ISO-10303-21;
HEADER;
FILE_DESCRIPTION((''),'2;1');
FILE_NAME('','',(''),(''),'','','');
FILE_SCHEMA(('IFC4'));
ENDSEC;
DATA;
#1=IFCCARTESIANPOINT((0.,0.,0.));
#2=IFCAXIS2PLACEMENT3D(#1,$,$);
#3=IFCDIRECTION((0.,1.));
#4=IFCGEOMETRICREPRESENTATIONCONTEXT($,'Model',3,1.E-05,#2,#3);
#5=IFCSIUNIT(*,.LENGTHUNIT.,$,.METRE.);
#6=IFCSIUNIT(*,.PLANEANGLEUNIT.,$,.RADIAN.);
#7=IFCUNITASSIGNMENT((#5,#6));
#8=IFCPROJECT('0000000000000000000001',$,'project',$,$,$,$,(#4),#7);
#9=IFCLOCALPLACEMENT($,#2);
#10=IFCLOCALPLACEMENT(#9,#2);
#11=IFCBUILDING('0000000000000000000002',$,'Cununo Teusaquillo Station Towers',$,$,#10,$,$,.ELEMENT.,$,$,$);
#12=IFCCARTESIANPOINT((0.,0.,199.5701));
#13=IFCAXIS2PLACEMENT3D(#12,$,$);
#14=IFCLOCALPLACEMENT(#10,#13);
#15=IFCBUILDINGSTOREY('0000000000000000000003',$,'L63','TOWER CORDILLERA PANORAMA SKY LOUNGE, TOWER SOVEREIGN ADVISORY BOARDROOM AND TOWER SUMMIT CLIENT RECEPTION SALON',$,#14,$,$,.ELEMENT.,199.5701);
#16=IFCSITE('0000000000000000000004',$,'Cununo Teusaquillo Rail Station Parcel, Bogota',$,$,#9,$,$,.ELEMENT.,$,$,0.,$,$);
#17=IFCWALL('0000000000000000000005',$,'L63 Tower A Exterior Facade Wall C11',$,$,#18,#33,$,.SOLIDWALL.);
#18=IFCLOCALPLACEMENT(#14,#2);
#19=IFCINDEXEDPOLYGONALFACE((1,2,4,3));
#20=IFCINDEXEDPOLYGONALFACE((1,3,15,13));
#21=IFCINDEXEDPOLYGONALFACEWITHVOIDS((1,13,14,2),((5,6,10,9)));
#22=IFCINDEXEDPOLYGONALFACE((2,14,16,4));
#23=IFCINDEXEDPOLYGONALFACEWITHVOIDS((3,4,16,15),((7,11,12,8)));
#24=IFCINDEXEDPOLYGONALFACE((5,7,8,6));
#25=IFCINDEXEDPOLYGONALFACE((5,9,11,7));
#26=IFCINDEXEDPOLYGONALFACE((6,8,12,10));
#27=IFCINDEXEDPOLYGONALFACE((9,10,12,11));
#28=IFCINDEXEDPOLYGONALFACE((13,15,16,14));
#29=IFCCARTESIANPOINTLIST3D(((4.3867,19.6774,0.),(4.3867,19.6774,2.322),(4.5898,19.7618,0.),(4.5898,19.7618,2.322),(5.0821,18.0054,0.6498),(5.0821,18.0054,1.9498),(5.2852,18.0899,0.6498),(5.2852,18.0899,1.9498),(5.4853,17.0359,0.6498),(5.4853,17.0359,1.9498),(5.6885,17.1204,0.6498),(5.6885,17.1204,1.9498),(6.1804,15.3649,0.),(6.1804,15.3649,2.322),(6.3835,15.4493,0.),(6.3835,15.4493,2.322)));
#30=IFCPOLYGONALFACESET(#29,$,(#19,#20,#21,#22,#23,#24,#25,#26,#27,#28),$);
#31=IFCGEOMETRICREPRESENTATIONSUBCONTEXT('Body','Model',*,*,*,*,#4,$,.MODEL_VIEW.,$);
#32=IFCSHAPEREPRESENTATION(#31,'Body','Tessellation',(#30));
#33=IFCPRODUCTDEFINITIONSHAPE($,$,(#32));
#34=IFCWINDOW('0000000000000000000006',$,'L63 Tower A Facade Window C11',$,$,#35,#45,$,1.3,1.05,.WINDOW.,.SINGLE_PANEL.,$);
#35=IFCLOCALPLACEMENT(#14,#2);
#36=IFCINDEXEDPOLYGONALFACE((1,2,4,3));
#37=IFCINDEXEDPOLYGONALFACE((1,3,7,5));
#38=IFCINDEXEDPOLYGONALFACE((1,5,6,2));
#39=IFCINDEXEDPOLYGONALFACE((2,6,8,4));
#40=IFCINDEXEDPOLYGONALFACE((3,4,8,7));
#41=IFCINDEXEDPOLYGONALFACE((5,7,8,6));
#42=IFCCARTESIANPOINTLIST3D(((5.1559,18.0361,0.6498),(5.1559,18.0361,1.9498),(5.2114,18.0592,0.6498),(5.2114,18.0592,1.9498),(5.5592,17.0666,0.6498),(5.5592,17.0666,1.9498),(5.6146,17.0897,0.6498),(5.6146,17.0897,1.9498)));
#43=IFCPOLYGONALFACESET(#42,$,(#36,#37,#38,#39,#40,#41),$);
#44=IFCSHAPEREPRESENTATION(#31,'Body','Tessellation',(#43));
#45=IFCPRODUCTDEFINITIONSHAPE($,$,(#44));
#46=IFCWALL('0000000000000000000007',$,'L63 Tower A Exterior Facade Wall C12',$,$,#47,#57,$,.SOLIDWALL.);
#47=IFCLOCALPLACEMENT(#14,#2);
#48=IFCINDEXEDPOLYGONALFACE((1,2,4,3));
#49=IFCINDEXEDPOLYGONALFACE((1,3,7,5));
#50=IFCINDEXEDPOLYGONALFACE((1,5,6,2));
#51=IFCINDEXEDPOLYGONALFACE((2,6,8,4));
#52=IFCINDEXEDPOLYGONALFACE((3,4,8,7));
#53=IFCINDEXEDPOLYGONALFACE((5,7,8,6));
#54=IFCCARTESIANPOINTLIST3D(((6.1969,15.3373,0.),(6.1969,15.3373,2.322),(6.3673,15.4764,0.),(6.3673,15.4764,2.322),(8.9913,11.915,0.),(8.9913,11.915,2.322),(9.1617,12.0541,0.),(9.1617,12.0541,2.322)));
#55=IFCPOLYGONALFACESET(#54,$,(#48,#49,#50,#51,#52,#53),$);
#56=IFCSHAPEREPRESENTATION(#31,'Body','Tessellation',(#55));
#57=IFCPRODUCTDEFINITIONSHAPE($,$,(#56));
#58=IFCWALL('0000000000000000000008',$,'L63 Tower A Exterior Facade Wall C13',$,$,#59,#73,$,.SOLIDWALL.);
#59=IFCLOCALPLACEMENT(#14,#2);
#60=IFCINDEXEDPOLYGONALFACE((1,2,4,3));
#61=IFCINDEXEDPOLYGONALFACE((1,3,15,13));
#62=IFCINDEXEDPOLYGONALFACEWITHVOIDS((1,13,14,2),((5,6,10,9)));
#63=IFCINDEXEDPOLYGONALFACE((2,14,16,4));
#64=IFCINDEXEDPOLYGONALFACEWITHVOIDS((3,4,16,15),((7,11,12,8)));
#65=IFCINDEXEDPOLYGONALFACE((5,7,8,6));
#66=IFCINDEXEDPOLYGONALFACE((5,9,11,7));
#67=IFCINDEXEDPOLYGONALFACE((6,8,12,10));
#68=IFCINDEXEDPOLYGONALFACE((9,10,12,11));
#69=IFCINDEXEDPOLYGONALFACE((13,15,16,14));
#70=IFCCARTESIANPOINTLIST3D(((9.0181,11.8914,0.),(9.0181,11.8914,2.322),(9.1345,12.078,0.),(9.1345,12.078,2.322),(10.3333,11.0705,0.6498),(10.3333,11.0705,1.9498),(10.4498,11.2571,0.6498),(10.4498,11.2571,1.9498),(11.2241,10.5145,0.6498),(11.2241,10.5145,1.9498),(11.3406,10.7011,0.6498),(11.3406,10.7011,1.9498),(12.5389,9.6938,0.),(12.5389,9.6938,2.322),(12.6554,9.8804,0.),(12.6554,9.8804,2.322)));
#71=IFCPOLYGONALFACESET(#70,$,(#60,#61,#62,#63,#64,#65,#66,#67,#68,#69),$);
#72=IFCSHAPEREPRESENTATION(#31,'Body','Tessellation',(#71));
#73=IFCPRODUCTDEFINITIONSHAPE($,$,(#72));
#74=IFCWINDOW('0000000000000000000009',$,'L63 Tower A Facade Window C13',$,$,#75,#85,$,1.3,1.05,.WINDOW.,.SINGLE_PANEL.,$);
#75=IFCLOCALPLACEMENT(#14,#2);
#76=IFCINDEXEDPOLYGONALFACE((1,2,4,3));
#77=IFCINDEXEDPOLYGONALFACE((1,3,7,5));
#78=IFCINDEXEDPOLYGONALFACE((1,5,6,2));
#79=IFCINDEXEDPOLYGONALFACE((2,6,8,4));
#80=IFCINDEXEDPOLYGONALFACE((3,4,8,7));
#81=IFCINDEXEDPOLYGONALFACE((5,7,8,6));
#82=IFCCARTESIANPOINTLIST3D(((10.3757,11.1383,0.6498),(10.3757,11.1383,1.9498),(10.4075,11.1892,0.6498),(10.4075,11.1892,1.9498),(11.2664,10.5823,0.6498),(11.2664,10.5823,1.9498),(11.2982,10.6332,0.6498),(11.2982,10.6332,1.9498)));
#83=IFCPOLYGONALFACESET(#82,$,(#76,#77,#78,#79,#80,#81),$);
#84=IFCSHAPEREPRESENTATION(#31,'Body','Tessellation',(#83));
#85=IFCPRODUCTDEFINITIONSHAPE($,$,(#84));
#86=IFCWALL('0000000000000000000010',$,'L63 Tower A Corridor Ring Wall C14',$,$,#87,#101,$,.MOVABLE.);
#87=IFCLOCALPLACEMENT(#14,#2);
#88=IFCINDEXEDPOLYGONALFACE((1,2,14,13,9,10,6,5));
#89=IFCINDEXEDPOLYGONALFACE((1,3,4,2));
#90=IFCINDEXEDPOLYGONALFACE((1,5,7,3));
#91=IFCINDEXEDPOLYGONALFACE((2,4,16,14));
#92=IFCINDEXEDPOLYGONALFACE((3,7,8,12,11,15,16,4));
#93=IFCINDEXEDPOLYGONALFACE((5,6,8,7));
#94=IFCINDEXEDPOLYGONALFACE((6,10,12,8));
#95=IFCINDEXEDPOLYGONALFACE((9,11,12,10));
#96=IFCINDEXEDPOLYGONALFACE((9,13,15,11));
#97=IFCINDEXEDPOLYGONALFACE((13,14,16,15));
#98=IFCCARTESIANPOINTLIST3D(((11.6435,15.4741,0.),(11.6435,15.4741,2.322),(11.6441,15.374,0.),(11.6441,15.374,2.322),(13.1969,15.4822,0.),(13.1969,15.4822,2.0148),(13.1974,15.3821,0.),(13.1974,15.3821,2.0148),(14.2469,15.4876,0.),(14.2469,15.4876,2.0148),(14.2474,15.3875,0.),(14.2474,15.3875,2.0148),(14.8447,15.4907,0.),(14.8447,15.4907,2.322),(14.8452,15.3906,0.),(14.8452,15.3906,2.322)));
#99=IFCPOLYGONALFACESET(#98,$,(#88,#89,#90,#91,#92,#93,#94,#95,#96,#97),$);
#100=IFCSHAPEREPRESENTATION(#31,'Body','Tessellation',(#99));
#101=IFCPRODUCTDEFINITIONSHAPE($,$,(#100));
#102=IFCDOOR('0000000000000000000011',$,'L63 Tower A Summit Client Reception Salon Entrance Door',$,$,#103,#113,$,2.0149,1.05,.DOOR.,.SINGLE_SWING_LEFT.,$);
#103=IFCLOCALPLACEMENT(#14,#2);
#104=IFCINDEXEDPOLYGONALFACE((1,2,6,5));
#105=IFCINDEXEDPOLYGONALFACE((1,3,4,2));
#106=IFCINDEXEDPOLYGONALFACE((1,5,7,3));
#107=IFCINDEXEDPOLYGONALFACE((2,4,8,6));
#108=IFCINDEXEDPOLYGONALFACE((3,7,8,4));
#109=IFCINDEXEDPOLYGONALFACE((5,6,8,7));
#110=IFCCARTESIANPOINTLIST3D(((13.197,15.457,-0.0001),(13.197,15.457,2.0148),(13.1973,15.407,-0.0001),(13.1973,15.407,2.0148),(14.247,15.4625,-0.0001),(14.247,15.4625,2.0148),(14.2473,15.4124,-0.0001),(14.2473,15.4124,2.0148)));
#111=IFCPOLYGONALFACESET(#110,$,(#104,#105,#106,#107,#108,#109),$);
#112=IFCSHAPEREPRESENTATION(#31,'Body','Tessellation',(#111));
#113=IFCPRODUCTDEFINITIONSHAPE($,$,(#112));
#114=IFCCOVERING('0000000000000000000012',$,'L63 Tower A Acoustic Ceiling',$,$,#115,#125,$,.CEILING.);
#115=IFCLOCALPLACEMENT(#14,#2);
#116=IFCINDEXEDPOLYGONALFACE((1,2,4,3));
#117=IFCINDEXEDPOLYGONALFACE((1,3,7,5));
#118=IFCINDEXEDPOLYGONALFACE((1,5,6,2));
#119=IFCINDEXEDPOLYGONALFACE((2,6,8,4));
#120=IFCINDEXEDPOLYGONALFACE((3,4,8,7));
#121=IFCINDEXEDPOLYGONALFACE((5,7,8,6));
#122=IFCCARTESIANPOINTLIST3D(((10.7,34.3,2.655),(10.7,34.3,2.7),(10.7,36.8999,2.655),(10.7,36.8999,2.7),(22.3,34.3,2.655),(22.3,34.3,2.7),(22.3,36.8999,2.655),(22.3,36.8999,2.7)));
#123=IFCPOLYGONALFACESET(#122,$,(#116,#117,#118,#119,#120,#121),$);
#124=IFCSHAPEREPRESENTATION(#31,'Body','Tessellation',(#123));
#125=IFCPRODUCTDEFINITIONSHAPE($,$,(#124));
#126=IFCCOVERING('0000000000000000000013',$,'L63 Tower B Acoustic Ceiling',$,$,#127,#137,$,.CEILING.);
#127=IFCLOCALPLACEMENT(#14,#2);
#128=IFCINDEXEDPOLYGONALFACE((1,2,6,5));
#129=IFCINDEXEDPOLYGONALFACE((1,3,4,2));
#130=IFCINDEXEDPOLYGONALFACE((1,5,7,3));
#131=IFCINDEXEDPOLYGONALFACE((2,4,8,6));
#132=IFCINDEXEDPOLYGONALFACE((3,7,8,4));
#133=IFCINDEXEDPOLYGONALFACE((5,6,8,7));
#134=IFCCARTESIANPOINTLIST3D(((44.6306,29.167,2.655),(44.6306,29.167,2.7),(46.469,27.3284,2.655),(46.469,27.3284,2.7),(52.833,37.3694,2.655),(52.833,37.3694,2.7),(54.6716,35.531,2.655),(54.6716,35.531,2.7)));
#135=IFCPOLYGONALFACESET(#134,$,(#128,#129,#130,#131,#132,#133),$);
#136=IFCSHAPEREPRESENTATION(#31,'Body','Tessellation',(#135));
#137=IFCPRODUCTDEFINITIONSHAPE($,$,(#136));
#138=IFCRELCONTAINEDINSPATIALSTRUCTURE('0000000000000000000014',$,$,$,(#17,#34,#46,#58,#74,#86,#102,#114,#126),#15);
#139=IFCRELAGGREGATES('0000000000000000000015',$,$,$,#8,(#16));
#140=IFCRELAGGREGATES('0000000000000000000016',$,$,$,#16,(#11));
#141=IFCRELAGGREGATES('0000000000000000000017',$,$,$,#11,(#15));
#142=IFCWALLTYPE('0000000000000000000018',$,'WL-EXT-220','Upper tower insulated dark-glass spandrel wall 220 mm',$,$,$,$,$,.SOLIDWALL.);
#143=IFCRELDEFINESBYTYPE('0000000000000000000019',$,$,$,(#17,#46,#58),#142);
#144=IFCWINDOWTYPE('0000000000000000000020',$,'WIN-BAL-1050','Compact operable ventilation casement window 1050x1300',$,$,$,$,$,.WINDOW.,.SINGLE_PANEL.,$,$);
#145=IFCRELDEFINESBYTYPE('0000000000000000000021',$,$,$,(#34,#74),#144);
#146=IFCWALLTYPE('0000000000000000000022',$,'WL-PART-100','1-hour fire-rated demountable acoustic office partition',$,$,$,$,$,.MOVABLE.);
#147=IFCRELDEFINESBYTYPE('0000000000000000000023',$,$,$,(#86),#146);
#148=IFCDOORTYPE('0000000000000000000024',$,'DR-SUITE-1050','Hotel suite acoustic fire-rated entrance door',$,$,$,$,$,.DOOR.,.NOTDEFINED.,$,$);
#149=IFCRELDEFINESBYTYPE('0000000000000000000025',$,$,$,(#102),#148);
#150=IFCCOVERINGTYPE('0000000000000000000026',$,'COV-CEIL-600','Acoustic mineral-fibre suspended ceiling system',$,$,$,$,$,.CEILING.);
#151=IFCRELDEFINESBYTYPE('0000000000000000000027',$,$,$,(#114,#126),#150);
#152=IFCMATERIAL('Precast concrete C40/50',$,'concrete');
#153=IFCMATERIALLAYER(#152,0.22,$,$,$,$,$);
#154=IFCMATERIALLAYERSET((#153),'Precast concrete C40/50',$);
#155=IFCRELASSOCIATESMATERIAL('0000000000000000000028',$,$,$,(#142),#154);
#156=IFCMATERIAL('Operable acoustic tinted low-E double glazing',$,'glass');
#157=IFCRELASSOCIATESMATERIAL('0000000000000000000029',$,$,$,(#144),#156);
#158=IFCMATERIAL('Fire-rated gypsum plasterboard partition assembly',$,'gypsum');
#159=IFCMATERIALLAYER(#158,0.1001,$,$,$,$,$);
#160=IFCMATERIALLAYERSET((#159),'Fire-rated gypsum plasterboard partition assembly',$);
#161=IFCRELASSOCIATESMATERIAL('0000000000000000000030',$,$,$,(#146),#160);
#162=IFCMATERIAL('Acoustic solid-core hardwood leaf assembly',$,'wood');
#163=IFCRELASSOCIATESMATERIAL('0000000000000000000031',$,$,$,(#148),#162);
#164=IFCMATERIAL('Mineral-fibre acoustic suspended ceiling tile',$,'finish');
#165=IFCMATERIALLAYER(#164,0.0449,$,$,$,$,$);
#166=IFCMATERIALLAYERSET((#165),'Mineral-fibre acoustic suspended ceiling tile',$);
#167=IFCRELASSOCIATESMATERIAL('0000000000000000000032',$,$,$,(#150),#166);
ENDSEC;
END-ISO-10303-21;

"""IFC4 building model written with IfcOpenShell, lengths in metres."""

from ifc_helpers import new_model, si_unit, direction, frame, frame_2d, origin, place, context, subcontext, project, spatial, polyline, rectangle, outline, extrude, source, transform, mapped, material, layer, layer_set, type_object, element, fill, save


model = new_model("IFC4")

# Units and contexts
model_context = context("Model", 3, precision=1e-05, world=origin(), true_north=direction((0.0, 1.0)))
body_context = subcontext(model_context, "Body", "Model", "MODEL_VIEW")
ifc_project = project(units=[si_unit("LENGTHUNIT", "METRE"), si_unit("PLANEANGLEUNIT", "RADIAN")], contexts=[model_context])

# Site, building, storey
site_placement = place(None, origin())
site = spatial("IfcSite", under=ifc_project, at=site_placement, Name="Cununo Teusaquillo Rail Station Parcel, Bogota", CompositionType="ELEMENT", RefElevation=0.0)
building_placement = place(site_placement, origin())
building = spatial("IfcBuilding", under=site, at=building_placement, Name="Cununo Teusaquillo Station Towers", CompositionType="ELEMENT")
storey_placement = place(building_placement, frame((0.0, 0.0, 199.5701)))
storey = spatial("IfcBuildingStorey", under=building, at=storey_placement, Name="L63", Description="TOWER CORDILLERA PANORAMA SKY LOUNGE, TOWER SOVEREIGN ADVISORY BOARDROOM AND TOWER SUMMIT CLIENT RECEPTION SALON", CompositionType="ELEMENT", Elevation=199.5701)

# Wall, opening, window
ifc_material_1 = material(Name="Precast concrete C40/50", Category="concrete")
ifc_layer_1 = layer(ifc_material_1, 0.22)
ifc_layer_set_1 = layer_set([ifc_layer_1], Name="Precast concrete C40/50")
wall_type_1 = type_object("IfcWallType", Name="WL-EXT-220", Description="Upper tower insulated dark-glass spandrel wall 220 mm", PredefinedType="SOLIDWALL", material=ifc_layer_set_1)
wall_1_placement = place(storey_placement, frame((6.282, 15.407, 0.0), z_axis=(0.0, 0.0, 1.0), x_axis=(-0.384036, 0.923318, 0.0)))
wall_1 = element("IfcWall", 1, at=wall_1_placement, inside=storey, type_object=wall_type_1, Name="L63 Tower A Exterior Facade Wall C11", PredefinedType="SOLIDWALL", context=body_context, shape_type="SweptSolid", body=[
    extrude(rectangle(XDim=4.6707, YDim=0.22, at=frame_2d((2.3354, 0.0))), origin(), (0.0, 0.0, 1.0), 2.322),
])
shared_shape_1 = source(origin(), body_context, "Body", "SweptSolid", [
    extrude(rectangle(XDim=1.05, YDim=1.3, at=frame_2d((0.5249, 0.6499))), frame((0.0, 0.1199, 0.0), z_axis=(0.0, -1.0, 0.0), x_axis=(1.0, 0.0, 0.0)), (0.0, 0.0, 1.0), 0.24),
])
opening_1_placement = place(wall_1_placement, frame((1.8101, 0.0, 0.6499)))
opening_1 = element("IfcOpeningElement", 2, at=opening_1_placement, cuts=wall_1, PredefinedType="OPENING", context=body_context, shape_type="MappedRepresentation", body=[
    mapped(shared_shape_1, transform((0.0, 0.0, 0.0), x_axis=(1.0, 0.0, 0.0), y_axis=(0.0, 1.0, 0.0), z_axis=(0.0, 0.0, 1.0), scale=1.0)),
])
ifc_material_2 = material(Name="Operable acoustic tinted low-E double glazing", Category="glass")
window_type = type_object("IfcWindowType", Name="WIN-BAL-1050", Description="Compact operable ventilation casement window 1050x1300", PartitioningType="SINGLE_PANEL", PredefinedType="WINDOW", material=ifc_material_2)
shared_shape_2 = source(origin(), body_context, "Body", "SweptSolid", [
    extrude(rectangle(XDim=1.05, YDim=1.3, at=frame_2d((0.5249, 0.6499))), frame((0.0, 0.03, 0.0), z_axis=(0.0, -1.0, 0.0), x_axis=(1.0, 0.0, 0.0)), (0.0, 0.0, 1.0), 0.0601),
])
window_1_placement = place(opening_1_placement, origin())
window_1 = element("IfcWindow", 3, at=window_1_placement, inside=storey, type_object=window_type, Name="L63 Tower A Facade Window C11", OverallHeight=1.3, OverallWidth=1.05, PartitioningType="SINGLE_PANEL", PredefinedType="WINDOW", context=body_context, shape_type="MappedRepresentation", body=[
    mapped(shared_shape_2, transform((0.0, 0.0, 0.0), x_axis=(1.0, 0.0, 0.0), y_axis=(0.0, 1.0, 0.0), z_axis=(0.0, 0.0, 1.0), scale=1.0)),
])
fill(opening_1, window_1)

# Wall
wall_2_placement = place(storey_placement, frame((9.0764, 11.9846, 0.0), z_axis=(0.0, 0.0, 1.0), x_axis=(-0.632467, 0.774587, 0.0)))
element("IfcWall", 4, at=wall_2_placement, inside=storey, type_object=wall_type_1, Name="L63 Tower A Exterior Facade Wall C12", PredefinedType="SOLIDWALL", context=body_context, shape_type="SweptSolid", body=[
    extrude(rectangle(XDim=4.4182, YDim=0.22, at=frame_2d((2.209, 0.0))), origin(), (0.0, 0.0, 1.0), 2.322),
])

# Wall, opening, window
wall_3_placement = place(storey_placement, frame((12.5972, 9.7871, 0.0), z_axis=(0.0, 0.0, 1.0), x_axis=(-0.848319, 0.529486, 0.0)))
wall_3 = element("IfcWall", 5, at=wall_3_placement, inside=storey, type_object=wall_type_1, Name="L63 Tower A Exterior Facade Wall C13", PredefinedType="SOLIDWALL", context=body_context, shape_type="SweptSolid", body=[
    extrude(rectangle(XDim=4.1504, YDim=0.22, at=frame_2d((2.0752, 0.0))), origin(), (0.0, 0.0, 1.0), 2.322),
])
opening_2_placement = place(wall_3_placement, frame((1.55, 0.0, 0.6499)))
opening_2 = element("IfcOpeningElement", 6, at=opening_2_placement, cuts=wall_3, PredefinedType="OPENING", context=body_context, shape_type="MappedRepresentation", body=[
    mapped(shared_shape_1, transform((0.0, 0.0, 0.0), x_axis=(1.0, 0.0, 0.0), y_axis=(0.0, 1.0, 0.0), z_axis=(0.0, 0.0, 1.0), scale=1.0)),
])
window_2_placement = place(opening_2_placement, origin())
window_2 = element("IfcWindow", 7, at=window_2_placement, inside=storey, type_object=window_type, Name="L63 Tower A Facade Window C13", OverallHeight=1.3, OverallWidth=1.05, PartitioningType="SINGLE_PANEL", PredefinedType="WINDOW", context=body_context, shape_type="MappedRepresentation", body=[
    mapped(shared_shape_2, transform((0.0, 0.0, 0.0), x_axis=(1.0, 0.0, 0.0), y_axis=(0.0, 1.0, 0.0), z_axis=(0.0, 0.0, 1.0), scale=1.0)),
])
fill(opening_2, window_2)

# Wall, opening, door
ifc_material_3 = material(Name="Fire-rated gypsum plasterboard partition assembly", Category="gypsum")
ifc_layer_2 = layer(ifc_material_3, 0.1001)
ifc_layer_set_2 = layer_set([ifc_layer_2], Name="Fire-rated gypsum plasterboard partition assembly")
wall_type_2 = type_object("IfcWallType", Name="WL-PART-100", Description="1-hour fire-rated demountable acoustic office partition", PredefinedType="MOVABLE", material=ifc_layer_set_2)
wall_4_placement = place(storey_placement, frame((11.6438, 15.4241, 0.0), z_axis=(0.0, 0.0, 1.0), x_axis=(0.999987, 0.005186, 0.0)))
wall_4 = element("IfcWall", 8, at=wall_4_placement, inside=storey, type_object=wall_type_2, Name="L63 Tower A Corridor Ring Wall C14", PredefinedType="MOVABLE", context=body_context, shape_type="SweptSolid", body=[
    extrude(rectangle(XDim=3.2012, YDim=0.1001, at=frame_2d((1.6006, 0.0))), origin(), (0.0, 0.0, 1.0), 2.322),
])
shared_shape_3 = source(origin(), body_context, "Body", "SweptSolid", [
    extrude(rectangle(XDim=1.05, YDim=2.0149, at=frame_2d((0.5249, 1.0073))), frame((0.0, 0.0601, 0.0), z_axis=(0.0, -1.0, 0.0), x_axis=(1.0, 0.0, 0.0)), (0.0, 0.0, 1.0), 0.1201),
])
opening_3_placement = place(wall_4_placement, frame((1.5535, 0.0, 0.0)))
opening_3 = element("IfcOpeningElement", 9, at=opening_3_placement, cuts=wall_4, PredefinedType="OPENING", context=body_context, shape_type="MappedRepresentation", body=[
    mapped(shared_shape_3, transform((0.0, 0.0, 0.0), x_axis=(1.0, 0.0, 0.0), y_axis=(0.0, 1.0, 0.0), z_axis=(0.0, 0.0, 1.0), scale=1.0)),
])
ifc_material_4 = material(Name="Acoustic solid-core hardwood leaf assembly", Category="wood")
door_type = type_object("IfcDoorType", Name="DR-SUITE-1050", Description="Hotel suite acoustic fire-rated entrance door", OperationType="NOTDEFINED", PredefinedType="DOOR", material=ifc_material_4)
shared_shape_4 = source(origin(), body_context, "Body", "SweptSolid", [
    extrude(rectangle(XDim=1.05, YDim=2.0149, at=frame_2d((0.5249, 1.0073))), frame((0.0, 0.0249, 0.0), z_axis=(0.0, -1.0, 0.0), x_axis=(1.0, 0.0, 0.0)), (0.0, 0.0, 1.0), 0.05),
])
door_placement = place(opening_3_placement, origin())
door = element("IfcDoor", 10, at=door_placement, inside=storey, type_object=door_type, Name="L63 Tower A Summit Client Reception Salon Entrance Door", OperationType="SINGLE_SWING_LEFT", OverallHeight=2.0149, OverallWidth=1.05, PredefinedType="DOOR", context=body_context, shape_type="MappedRepresentation", body=[
    mapped(shared_shape_4, transform((0.0, 0.0, 0.0), x_axis=(1.0, 0.0, 0.0), y_axis=(0.0, 1.0, 0.0), z_axis=(0.0, 0.0, 1.0), scale=1.0)),
])
fill(opening_3, door)

# Coverings
ifc_material_5 = material(Name="Mineral-fibre acoustic suspended ceiling tile", Category="finish")
ifc_layer_3 = layer(ifc_material_5, 0.0449)
ifc_layer_set_3 = layer_set([ifc_layer_3], Name="Mineral-fibre acoustic suspended ceiling tile")
covering_type = type_object("IfcCoveringType", Name="COV-CEIL-600", Description="Acoustic mineral-fibre suspended ceiling system", PredefinedType="CEILING", material=ifc_layer_set_3)
covering_1_placement = place(storey_placement, frame((0.0, 0.0, 2.655)))
element("IfcCovering", 11, at=covering_1_placement, inside=storey, type_object=covering_type, Name="L63 Tower A Acoustic Ceiling", PredefinedType="CEILING", context=body_context, shape_type="SweptSolid", body=[
    extrude(outline(polyline([(22.3, 36.8999), (22.3, 34.3), (10.7, 34.3), (10.7, 36.8999), (22.3, 36.8999)])), origin(), (0.0, 0.0, 1.0), 0.0449),
])
covering_2_placement = place(storey_placement, frame((0.0, 0.0, 2.655)))
element("IfcCovering", 12, at=covering_2_placement, inside=storey, type_object=covering_type, Name="L63 Tower B Acoustic Ceiling", PredefinedType="CEILING", context=body_context, shape_type="SweptSolid", body=[
    extrude(outline(polyline([(52.833, 37.3694), (54.6716, 35.531), (46.469, 27.3284), (44.6306, 29.167), (52.833, 37.3694)])), origin(), (0.0, 0.0, 1.0), 0.0449),
])

save(model, "model.ifc")
